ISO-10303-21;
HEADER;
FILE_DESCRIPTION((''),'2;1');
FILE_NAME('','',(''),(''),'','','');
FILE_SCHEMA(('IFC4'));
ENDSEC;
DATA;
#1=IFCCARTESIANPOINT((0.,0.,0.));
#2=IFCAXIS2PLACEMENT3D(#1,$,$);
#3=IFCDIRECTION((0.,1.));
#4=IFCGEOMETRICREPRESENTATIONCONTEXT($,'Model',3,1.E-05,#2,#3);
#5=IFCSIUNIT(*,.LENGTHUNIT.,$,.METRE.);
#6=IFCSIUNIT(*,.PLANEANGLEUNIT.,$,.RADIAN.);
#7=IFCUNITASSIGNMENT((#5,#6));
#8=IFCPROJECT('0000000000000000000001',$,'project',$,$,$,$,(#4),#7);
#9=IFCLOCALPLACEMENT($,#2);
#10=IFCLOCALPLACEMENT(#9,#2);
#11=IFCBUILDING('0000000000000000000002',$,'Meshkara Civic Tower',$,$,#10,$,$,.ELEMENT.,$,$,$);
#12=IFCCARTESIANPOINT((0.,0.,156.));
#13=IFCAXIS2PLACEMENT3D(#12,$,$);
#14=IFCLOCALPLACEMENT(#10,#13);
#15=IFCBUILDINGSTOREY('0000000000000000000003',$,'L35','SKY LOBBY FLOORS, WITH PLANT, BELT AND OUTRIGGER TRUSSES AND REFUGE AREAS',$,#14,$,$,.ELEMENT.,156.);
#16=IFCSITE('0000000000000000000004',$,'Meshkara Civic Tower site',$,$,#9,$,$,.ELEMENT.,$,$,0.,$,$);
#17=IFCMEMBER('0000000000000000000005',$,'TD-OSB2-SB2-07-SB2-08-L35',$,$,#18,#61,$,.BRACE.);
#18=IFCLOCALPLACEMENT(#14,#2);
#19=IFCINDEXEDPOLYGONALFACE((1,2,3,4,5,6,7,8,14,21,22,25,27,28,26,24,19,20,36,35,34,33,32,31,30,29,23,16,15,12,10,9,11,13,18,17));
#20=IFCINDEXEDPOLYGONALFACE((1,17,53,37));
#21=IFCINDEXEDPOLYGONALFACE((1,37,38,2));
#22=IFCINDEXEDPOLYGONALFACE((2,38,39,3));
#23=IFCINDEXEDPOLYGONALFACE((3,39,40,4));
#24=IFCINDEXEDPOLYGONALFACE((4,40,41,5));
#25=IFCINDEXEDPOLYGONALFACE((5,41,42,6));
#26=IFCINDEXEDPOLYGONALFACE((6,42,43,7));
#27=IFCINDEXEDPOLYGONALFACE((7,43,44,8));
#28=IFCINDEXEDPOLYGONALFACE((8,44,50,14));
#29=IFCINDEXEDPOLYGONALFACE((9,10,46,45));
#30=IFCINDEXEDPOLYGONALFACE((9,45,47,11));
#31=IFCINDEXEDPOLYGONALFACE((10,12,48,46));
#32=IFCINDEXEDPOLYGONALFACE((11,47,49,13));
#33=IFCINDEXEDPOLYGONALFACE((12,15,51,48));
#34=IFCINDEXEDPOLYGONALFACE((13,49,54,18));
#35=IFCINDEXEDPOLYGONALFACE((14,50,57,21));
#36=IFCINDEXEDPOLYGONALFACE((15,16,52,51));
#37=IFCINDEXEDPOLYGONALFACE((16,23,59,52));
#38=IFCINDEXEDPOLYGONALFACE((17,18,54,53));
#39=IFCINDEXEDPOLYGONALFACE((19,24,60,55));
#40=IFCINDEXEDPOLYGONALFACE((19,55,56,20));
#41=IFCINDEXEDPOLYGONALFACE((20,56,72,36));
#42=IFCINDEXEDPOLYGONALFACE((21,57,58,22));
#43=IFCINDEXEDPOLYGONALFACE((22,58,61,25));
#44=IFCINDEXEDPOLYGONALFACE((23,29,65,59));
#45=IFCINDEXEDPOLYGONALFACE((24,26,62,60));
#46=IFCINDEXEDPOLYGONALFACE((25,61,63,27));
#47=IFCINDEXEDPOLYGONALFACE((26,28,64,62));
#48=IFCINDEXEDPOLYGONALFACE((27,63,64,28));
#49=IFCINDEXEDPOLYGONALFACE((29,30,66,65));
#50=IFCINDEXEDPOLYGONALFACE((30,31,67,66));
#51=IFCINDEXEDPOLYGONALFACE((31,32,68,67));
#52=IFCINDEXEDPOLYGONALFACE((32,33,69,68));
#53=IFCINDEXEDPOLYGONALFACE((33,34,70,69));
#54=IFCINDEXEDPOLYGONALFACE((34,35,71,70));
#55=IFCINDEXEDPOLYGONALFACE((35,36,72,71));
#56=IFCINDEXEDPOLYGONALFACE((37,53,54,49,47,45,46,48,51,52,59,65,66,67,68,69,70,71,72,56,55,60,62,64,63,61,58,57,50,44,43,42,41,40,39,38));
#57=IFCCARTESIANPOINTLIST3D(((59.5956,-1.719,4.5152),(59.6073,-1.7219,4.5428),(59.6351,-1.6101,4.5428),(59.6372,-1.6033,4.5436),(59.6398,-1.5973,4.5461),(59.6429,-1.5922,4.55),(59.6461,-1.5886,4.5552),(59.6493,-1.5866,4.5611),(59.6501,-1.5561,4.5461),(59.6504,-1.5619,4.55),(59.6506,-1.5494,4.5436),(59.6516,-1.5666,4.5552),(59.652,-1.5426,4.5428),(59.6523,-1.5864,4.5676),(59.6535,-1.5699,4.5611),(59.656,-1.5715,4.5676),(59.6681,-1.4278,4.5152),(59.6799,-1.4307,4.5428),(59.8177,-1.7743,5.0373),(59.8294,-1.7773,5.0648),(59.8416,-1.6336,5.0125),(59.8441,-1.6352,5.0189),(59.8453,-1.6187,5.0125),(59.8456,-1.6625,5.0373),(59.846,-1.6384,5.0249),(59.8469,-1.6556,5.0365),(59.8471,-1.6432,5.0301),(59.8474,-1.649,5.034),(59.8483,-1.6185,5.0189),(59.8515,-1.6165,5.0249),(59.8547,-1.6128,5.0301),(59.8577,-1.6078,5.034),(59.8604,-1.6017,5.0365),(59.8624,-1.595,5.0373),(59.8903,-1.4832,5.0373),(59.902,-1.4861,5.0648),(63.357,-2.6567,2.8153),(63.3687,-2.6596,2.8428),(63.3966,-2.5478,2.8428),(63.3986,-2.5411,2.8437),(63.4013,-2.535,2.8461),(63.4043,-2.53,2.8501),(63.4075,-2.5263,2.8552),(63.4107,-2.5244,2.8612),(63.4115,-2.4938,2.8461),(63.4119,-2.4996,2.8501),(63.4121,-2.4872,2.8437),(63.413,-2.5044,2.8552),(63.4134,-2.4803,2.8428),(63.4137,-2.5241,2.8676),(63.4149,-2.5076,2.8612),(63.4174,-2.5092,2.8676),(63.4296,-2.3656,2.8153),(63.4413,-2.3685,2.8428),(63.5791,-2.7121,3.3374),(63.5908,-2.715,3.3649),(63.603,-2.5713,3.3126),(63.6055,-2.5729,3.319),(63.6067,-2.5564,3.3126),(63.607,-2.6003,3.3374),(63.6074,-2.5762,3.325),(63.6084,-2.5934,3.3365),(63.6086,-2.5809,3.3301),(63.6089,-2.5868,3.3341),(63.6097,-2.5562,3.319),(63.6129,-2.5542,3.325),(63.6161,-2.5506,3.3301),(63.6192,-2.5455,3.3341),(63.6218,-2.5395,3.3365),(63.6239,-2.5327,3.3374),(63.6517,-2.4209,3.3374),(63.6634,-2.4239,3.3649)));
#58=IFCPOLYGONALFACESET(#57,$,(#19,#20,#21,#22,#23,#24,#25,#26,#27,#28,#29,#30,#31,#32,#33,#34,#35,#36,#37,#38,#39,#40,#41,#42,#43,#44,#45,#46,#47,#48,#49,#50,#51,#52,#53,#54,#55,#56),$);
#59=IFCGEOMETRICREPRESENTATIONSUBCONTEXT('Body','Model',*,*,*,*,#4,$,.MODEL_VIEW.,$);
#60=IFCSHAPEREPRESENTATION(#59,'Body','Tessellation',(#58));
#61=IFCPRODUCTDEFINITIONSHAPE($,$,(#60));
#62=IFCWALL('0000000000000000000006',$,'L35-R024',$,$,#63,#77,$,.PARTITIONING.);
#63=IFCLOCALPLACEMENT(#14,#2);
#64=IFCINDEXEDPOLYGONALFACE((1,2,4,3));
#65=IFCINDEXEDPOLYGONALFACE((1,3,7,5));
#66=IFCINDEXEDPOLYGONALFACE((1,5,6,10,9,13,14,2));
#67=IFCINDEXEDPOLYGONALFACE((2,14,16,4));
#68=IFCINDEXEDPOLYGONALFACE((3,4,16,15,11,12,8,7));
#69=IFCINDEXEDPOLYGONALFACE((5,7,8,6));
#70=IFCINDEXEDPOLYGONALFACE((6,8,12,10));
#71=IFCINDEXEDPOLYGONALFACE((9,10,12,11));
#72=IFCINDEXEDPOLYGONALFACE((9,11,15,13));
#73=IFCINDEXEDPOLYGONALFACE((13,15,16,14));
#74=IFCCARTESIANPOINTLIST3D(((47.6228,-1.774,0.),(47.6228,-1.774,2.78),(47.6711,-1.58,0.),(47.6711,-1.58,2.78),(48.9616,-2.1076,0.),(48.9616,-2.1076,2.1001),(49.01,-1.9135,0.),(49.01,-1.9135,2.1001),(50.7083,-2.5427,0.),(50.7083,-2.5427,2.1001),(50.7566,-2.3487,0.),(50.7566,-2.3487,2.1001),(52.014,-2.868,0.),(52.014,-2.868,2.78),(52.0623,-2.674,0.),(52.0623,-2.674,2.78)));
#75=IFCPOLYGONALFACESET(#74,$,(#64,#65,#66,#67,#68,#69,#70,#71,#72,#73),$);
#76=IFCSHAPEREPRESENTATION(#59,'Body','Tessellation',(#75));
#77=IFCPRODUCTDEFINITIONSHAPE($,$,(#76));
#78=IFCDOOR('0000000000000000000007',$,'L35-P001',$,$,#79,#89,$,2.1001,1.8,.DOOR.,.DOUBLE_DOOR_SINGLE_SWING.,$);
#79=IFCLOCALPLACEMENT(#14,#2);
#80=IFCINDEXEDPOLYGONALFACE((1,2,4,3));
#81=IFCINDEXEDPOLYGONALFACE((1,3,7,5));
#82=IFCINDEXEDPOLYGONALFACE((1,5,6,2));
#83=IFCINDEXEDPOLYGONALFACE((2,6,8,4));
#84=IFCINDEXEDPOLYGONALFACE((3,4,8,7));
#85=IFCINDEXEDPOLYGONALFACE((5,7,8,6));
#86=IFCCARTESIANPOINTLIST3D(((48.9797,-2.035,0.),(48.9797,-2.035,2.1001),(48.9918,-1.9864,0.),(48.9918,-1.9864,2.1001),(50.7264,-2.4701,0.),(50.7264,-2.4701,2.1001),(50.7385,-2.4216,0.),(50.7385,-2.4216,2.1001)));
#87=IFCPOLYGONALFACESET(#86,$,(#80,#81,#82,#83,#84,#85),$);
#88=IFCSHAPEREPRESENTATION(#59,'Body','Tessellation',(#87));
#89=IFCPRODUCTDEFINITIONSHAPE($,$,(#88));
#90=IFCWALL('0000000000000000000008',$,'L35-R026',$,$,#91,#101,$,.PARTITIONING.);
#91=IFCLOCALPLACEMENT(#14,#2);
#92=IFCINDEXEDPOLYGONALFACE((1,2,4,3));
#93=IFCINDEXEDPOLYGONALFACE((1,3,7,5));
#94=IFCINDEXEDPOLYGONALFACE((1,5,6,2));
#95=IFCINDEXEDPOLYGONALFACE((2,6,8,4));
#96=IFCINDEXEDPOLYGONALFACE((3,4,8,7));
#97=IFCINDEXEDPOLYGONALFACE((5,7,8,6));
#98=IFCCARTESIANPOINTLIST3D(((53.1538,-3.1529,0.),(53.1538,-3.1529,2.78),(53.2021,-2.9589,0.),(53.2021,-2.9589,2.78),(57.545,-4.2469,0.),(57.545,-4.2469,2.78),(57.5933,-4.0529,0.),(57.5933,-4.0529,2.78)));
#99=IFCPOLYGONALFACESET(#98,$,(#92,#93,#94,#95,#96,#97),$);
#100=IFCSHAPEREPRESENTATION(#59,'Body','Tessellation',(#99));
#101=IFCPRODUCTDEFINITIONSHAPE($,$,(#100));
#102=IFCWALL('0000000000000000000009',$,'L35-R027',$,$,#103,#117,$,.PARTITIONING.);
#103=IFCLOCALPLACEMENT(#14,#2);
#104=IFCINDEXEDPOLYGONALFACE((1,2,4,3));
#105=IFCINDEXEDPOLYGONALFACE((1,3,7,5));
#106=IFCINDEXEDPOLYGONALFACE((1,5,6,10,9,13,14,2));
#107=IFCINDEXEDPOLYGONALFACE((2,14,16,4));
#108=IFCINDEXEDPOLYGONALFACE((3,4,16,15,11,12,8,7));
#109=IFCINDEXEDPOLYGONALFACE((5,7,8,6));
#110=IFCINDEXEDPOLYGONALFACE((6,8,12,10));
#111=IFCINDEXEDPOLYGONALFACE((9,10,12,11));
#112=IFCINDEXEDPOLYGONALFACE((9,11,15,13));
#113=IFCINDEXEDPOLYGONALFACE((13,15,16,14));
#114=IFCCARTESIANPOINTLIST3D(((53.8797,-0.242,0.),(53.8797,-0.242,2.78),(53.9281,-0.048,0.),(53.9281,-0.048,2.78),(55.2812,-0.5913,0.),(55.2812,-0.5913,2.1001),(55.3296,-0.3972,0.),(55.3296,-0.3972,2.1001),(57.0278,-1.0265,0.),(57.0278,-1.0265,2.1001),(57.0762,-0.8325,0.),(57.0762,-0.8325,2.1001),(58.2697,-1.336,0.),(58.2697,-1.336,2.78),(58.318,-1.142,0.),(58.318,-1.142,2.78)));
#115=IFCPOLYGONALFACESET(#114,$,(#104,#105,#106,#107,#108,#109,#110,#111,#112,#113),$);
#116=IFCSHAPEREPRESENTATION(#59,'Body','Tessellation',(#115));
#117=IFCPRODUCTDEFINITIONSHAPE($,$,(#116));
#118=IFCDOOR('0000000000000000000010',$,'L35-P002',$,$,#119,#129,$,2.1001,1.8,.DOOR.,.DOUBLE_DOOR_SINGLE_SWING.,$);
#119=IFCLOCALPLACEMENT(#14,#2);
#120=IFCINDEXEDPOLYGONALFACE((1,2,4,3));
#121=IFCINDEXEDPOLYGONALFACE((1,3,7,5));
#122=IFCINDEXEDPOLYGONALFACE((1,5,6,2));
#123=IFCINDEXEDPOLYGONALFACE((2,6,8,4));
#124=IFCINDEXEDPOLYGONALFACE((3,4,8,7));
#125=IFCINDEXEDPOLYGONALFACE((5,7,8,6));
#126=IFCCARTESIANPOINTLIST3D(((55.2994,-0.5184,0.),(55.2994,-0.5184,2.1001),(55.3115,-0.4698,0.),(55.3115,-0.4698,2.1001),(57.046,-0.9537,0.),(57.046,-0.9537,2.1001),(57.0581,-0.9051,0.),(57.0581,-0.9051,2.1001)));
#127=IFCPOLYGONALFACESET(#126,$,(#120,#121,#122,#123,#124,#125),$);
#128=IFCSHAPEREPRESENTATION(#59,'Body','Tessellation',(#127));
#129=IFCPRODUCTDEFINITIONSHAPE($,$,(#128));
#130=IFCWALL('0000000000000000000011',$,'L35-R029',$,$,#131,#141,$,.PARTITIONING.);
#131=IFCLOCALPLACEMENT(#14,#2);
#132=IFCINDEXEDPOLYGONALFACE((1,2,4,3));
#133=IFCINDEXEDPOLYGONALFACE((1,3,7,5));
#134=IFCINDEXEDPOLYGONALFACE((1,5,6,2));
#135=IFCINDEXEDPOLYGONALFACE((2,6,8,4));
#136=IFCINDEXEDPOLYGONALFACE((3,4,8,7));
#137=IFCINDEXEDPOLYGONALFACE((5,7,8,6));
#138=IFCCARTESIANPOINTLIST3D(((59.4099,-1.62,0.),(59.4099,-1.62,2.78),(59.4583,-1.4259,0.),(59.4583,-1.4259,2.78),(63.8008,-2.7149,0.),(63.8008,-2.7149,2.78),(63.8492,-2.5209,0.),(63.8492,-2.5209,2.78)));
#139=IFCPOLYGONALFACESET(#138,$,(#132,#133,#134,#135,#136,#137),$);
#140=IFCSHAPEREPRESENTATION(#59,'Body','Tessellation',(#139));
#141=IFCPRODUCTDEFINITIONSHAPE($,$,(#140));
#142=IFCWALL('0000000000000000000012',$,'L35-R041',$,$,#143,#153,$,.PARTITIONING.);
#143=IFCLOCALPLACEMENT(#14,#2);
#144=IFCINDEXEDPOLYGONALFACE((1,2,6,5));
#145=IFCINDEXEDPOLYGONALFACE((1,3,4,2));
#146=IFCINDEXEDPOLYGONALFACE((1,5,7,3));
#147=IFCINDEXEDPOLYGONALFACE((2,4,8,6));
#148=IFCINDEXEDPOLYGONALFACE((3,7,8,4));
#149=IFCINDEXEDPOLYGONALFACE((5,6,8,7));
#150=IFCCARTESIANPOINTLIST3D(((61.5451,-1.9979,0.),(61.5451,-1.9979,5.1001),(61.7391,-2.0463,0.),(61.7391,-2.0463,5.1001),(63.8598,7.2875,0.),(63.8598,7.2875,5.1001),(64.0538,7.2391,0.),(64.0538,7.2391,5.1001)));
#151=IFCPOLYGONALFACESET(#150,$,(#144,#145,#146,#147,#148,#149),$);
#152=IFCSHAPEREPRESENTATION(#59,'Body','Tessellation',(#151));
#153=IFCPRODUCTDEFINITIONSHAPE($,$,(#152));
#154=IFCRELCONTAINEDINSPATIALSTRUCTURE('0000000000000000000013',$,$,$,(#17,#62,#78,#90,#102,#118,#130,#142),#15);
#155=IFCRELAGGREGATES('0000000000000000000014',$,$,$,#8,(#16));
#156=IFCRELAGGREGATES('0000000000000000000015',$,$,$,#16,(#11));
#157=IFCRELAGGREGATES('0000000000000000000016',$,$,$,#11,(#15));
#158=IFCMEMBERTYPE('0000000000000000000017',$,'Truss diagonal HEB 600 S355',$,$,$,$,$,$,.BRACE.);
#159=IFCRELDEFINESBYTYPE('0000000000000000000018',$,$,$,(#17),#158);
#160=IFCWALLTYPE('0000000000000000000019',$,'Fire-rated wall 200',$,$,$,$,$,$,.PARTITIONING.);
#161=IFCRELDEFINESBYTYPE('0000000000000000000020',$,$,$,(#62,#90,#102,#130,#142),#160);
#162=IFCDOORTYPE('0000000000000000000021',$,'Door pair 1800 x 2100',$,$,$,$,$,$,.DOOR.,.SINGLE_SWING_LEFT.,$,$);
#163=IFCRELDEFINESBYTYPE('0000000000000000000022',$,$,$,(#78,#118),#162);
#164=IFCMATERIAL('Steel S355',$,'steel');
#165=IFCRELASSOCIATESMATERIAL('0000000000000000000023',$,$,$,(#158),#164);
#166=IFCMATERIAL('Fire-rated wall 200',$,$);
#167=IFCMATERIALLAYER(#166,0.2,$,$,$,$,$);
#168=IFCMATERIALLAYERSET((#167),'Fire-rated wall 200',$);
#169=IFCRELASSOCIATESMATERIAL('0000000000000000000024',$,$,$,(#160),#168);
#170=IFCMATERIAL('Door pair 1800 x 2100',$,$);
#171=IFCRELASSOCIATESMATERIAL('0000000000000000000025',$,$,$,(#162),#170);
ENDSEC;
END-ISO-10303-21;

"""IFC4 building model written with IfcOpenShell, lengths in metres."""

from ifc_helpers import new_model, si_unit, direction, frame, frame_2d, origin, origin_2d, place, context, subcontext, project, spatial, rectangle, i_section, extrude, material, layer, layer_set, material_profile, profile_set, type_object, element, fill, save


model = new_model("IFC4")

# Units and contexts
model_context = context("Model", 3, precision=1e-05, world=origin(), true_north=direction((0.0, 1.0)))
body_context = subcontext(model_context, "Body", "Model", "MODEL_VIEW")
ifc_project = project(units=[si_unit("LENGTHUNIT", "METRE"), si_unit("PLANEANGLEUNIT", "RADIAN")], contexts=[model_context])

# Site, building, storey
site_placement = place(None, origin())
site = spatial("IfcSite", under=ifc_project, at=site_placement, Name="Meshkara Civic Tower site", CompositionType="ELEMENT", RefElevation=0.0)
building_placement = place(site_placement, origin())
building = spatial("IfcBuilding", under=site, at=building_placement, Name="Meshkara Civic Tower", CompositionType="ELEMENT")
storey_placement = place(building_placement, frame((0.0, 0.0, 156.0)))
storey = spatial("IfcBuildingStorey", under=building, at=storey_placement, Name="L35", Description="SKY LOBBY FLOORS, WITH PLANT, BELT AND OUTRIGGER TRUSSES AND REFUGE AREAS", CompositionType="ELEMENT", Elevation=156.0)

# Member
ifc_material_1 = material(Name="Steel S355", Category="steel")
ifc_material_profile_1 = material_profile(ifc_material_1, i_section(OverallWidth=0.3, OverallDepth=0.6001, WebThickness=0.0154, FlangeThickness=0.03, FilletRadius=0.0271, at=origin_2d()))
ifc_profile_set_1 = profile_set([ifc_material_profile_1], Name="Steel S355")
member_type = type_object("IfcMemberType", Name="Truss diagonal HEB 600 S355", PredefinedType="BRACE", material=ifc_profile_set_1)
member_1_placement = place(storey_placement, frame((59.7488, -1.6025, 4.79), z_axis=(0.888617, -0.221534, -0.401599), x_axis=(0.241898, 0.970302, 0.0)))
element("IfcMember", 1, at=member_1_placement, inside=storey, type_object=member_type, Name="TD-OSB2-SB2-07-SB2-08-L35", PredefinedType="BRACE", context=body_context, shape_type="SweptSolid", body=[
    extrude(i_section(OverallWidth=0.3, OverallDepth=0.6001, WebThickness=0.0154, FlangeThickness=0.03, FilletRadius=0.0271, at=origin_2d()), origin(), (0.0, 0.0, 1.0), 4.2329),
])

# Wall, opening, door
ifc_material_2 = material(Name="Fire-rated wall 200")
ifc_layer = layer(ifc_material_2, 0.2)
ifc_layer_set = layer_set([ifc_layer], Name="Fire-rated wall 200")
wall_type = type_object("IfcWallType", Name="Fire-rated wall 200", PredefinedType="PARTITIONING", material=ifc_layer_set)
wall_1_placement = place(storey_placement, frame((47.647, -1.677, 0.0), z_axis=(0.0, 0.0, 1.0), x_axis=(0.970339, -0.241749, 0.0)))
wall_1 = element("IfcWall", 2, at=wall_1_placement, inside=storey, type_object=wall_type, Name="L35-R024", PredefinedType="PARTITIONING", context=body_context, shape_type="SweptSolid", body=[
    extrude(rectangle(XDim=4.5254, YDim=0.2, at=frame_2d((2.2627, 0.0))), origin(), (0.0, 0.0, 1.0), 2.78),
])
opening_1_placement = place(wall_1_placement, frame((1.3799, 0.0, 0.0)))
opening_1 = element("IfcOpeningElement", 3, at=opening_1_placement, cuts=wall_1, PredefinedType="OPENING", context=body_context, shape_type="SweptSolid", body=[
    extrude(rectangle(XDim=1.8, YDim=2.1001, at=frame_2d((0.8999, 1.05))), frame((0.0, 0.1099, 0.0), z_axis=(0.0, -1.0, 0.0), x_axis=(1.0, 0.0, 0.0)), (0.0, 0.0, 1.0), 0.22),
])
ifc_material_3 = material(Name="Door pair 1800 x 2100")
door_type = type_object("IfcDoorType", Name="Door pair 1800 x 2100", OperationType="SINGLE_SWING_LEFT", PredefinedType="DOOR", material=ifc_material_3)
door_1_placement = place(opening_1_placement, origin())
door_1 = element("IfcDoor", 4, at=door_1_placement, inside=storey, type_object=door_type, Name="L35-P001", OperationType="DOUBLE_DOOR_SINGLE_SWING", OverallHeight=2.1001, OverallWidth=1.8, PredefinedType="DOOR", context=body_context, shape_type="SweptSolid", body=[
    extrude(rectangle(XDim=1.8, YDim=2.1001, at=frame_2d((0.8999, 1.05))), frame((0.0, 0.0249, 0.0), z_axis=(0.0, -1.0, 0.0), x_axis=(1.0, 0.0, 0.0)), (0.0, 0.0, 1.0), 0.05),
])
fill(opening_1, door_1)

# Wall
wall_2_placement = place(storey_placement, frame((53.178, -3.0559, 0.0), z_axis=(0.0, 0.0, 1.0), x_axis=(0.970339, -0.241749, 0.0)))
element("IfcWall", 5, at=wall_2_placement, inside=storey, type_object=wall_type, Name="L35-R026", PredefinedType="PARTITIONING", context=body_context, shape_type="SweptSolid", body=[
    extrude(rectangle(XDim=4.5254, YDim=0.2, at=frame_2d((2.2627, 0.0))), origin(), (0.0, 0.0, 1.0), 2.78),
])

# Wall, opening, door
wall_3_placement = place(storey_placement, frame((58.2939, -1.239, 0.0), z_axis=(0.0, 0.0, 1.0), x_axis=(-0.970323, 0.241812, 0.0)))
wall_3 = element("IfcWall", 6, at=wall_3_placement, inside=storey, type_object=wall_type, Name="L35-R027", PredefinedType="PARTITIONING", context=body_context, shape_type="SweptSolid", body=[
    extrude(rectangle(XDim=4.5242, YDim=0.2, at=frame_2d((2.2622, 0.0))), origin(), (0.0, 0.0, 1.0), 2.78),
])
opening_2_placement = place(wall_3_placement, frame((1.28, 0.0, 0.0)))
opening_2 = element("IfcOpeningElement", 7, at=opening_2_placement, cuts=wall_3, PredefinedType="OPENING", context=body_context, shape_type="SweptSolid", body=[
    extrude(rectangle(XDim=1.8, YDim=2.1001, at=frame_2d((0.8999, 1.05))), frame((0.0, 0.1099, 0.0), z_axis=(0.0, -1.0, 0.0), x_axis=(1.0, 0.0, 0.0)), (0.0, 0.0, 1.0), 0.22),
])
door_2_placement = place(opening_2_placement, origin())
door_2 = element("IfcDoor", 8, at=door_2_placement, inside=storey, type_object=door_type, Name="L35-P002", OperationType="DOUBLE_DOOR_SINGLE_SWING", OverallHeight=2.1001, OverallWidth=1.8, PredefinedType="DOOR", context=body_context, shape_type="SweptSolid", body=[
    extrude(rectangle(XDim=1.8, YDim=2.1001, at=frame_2d((0.8999, 1.05))), frame((0.0, 0.0249, 0.0), z_axis=(0.0, -1.0, 0.0), x_axis=(1.0, 0.0, 0.0)), (0.0, 0.0, 1.0), 0.05),
])
fill(opening_2, door_2)

# Walls
wall_4_placement = place(storey_placement, frame((59.4341, -1.5229, 0.0), z_axis=(0.0, 0.0, 1.0), x_axis=(0.970285, -0.241964, 0.0)))
element("IfcWall", 9, at=wall_4_placement, inside=storey, type_object=wall_type, Name="L35-R029", PredefinedType="PARTITIONING", context=body_context, shape_type="SweptSolid", body=[
    extrude(rectangle(XDim=4.5254, YDim=0.2, at=frame_2d((2.2627, 0.0))), origin(), (0.0, 0.0, 1.0), 2.78),
])
wall_5_placement = place(storey_placement, frame((61.6421, -2.022, 0.0), z_axis=(0.0, 0.0, 1.0), x_axis=(0.241881, 0.970306, 0.0)))
element("IfcWall", 10, at=wall_5_placement, inside=storey, type_object=wall_type, Name="L35-R041", PredefinedType="PARTITIONING", context=body_context, shape_type="SweptSolid", body=[
    extrude(rectangle(XDim=9.5696, YDim=0.2, at=frame_2d((4.7847, 0.0))), origin(), (0.0, 0.0, 1.0), 5.1001),
])

save(model, "model.ifc")
